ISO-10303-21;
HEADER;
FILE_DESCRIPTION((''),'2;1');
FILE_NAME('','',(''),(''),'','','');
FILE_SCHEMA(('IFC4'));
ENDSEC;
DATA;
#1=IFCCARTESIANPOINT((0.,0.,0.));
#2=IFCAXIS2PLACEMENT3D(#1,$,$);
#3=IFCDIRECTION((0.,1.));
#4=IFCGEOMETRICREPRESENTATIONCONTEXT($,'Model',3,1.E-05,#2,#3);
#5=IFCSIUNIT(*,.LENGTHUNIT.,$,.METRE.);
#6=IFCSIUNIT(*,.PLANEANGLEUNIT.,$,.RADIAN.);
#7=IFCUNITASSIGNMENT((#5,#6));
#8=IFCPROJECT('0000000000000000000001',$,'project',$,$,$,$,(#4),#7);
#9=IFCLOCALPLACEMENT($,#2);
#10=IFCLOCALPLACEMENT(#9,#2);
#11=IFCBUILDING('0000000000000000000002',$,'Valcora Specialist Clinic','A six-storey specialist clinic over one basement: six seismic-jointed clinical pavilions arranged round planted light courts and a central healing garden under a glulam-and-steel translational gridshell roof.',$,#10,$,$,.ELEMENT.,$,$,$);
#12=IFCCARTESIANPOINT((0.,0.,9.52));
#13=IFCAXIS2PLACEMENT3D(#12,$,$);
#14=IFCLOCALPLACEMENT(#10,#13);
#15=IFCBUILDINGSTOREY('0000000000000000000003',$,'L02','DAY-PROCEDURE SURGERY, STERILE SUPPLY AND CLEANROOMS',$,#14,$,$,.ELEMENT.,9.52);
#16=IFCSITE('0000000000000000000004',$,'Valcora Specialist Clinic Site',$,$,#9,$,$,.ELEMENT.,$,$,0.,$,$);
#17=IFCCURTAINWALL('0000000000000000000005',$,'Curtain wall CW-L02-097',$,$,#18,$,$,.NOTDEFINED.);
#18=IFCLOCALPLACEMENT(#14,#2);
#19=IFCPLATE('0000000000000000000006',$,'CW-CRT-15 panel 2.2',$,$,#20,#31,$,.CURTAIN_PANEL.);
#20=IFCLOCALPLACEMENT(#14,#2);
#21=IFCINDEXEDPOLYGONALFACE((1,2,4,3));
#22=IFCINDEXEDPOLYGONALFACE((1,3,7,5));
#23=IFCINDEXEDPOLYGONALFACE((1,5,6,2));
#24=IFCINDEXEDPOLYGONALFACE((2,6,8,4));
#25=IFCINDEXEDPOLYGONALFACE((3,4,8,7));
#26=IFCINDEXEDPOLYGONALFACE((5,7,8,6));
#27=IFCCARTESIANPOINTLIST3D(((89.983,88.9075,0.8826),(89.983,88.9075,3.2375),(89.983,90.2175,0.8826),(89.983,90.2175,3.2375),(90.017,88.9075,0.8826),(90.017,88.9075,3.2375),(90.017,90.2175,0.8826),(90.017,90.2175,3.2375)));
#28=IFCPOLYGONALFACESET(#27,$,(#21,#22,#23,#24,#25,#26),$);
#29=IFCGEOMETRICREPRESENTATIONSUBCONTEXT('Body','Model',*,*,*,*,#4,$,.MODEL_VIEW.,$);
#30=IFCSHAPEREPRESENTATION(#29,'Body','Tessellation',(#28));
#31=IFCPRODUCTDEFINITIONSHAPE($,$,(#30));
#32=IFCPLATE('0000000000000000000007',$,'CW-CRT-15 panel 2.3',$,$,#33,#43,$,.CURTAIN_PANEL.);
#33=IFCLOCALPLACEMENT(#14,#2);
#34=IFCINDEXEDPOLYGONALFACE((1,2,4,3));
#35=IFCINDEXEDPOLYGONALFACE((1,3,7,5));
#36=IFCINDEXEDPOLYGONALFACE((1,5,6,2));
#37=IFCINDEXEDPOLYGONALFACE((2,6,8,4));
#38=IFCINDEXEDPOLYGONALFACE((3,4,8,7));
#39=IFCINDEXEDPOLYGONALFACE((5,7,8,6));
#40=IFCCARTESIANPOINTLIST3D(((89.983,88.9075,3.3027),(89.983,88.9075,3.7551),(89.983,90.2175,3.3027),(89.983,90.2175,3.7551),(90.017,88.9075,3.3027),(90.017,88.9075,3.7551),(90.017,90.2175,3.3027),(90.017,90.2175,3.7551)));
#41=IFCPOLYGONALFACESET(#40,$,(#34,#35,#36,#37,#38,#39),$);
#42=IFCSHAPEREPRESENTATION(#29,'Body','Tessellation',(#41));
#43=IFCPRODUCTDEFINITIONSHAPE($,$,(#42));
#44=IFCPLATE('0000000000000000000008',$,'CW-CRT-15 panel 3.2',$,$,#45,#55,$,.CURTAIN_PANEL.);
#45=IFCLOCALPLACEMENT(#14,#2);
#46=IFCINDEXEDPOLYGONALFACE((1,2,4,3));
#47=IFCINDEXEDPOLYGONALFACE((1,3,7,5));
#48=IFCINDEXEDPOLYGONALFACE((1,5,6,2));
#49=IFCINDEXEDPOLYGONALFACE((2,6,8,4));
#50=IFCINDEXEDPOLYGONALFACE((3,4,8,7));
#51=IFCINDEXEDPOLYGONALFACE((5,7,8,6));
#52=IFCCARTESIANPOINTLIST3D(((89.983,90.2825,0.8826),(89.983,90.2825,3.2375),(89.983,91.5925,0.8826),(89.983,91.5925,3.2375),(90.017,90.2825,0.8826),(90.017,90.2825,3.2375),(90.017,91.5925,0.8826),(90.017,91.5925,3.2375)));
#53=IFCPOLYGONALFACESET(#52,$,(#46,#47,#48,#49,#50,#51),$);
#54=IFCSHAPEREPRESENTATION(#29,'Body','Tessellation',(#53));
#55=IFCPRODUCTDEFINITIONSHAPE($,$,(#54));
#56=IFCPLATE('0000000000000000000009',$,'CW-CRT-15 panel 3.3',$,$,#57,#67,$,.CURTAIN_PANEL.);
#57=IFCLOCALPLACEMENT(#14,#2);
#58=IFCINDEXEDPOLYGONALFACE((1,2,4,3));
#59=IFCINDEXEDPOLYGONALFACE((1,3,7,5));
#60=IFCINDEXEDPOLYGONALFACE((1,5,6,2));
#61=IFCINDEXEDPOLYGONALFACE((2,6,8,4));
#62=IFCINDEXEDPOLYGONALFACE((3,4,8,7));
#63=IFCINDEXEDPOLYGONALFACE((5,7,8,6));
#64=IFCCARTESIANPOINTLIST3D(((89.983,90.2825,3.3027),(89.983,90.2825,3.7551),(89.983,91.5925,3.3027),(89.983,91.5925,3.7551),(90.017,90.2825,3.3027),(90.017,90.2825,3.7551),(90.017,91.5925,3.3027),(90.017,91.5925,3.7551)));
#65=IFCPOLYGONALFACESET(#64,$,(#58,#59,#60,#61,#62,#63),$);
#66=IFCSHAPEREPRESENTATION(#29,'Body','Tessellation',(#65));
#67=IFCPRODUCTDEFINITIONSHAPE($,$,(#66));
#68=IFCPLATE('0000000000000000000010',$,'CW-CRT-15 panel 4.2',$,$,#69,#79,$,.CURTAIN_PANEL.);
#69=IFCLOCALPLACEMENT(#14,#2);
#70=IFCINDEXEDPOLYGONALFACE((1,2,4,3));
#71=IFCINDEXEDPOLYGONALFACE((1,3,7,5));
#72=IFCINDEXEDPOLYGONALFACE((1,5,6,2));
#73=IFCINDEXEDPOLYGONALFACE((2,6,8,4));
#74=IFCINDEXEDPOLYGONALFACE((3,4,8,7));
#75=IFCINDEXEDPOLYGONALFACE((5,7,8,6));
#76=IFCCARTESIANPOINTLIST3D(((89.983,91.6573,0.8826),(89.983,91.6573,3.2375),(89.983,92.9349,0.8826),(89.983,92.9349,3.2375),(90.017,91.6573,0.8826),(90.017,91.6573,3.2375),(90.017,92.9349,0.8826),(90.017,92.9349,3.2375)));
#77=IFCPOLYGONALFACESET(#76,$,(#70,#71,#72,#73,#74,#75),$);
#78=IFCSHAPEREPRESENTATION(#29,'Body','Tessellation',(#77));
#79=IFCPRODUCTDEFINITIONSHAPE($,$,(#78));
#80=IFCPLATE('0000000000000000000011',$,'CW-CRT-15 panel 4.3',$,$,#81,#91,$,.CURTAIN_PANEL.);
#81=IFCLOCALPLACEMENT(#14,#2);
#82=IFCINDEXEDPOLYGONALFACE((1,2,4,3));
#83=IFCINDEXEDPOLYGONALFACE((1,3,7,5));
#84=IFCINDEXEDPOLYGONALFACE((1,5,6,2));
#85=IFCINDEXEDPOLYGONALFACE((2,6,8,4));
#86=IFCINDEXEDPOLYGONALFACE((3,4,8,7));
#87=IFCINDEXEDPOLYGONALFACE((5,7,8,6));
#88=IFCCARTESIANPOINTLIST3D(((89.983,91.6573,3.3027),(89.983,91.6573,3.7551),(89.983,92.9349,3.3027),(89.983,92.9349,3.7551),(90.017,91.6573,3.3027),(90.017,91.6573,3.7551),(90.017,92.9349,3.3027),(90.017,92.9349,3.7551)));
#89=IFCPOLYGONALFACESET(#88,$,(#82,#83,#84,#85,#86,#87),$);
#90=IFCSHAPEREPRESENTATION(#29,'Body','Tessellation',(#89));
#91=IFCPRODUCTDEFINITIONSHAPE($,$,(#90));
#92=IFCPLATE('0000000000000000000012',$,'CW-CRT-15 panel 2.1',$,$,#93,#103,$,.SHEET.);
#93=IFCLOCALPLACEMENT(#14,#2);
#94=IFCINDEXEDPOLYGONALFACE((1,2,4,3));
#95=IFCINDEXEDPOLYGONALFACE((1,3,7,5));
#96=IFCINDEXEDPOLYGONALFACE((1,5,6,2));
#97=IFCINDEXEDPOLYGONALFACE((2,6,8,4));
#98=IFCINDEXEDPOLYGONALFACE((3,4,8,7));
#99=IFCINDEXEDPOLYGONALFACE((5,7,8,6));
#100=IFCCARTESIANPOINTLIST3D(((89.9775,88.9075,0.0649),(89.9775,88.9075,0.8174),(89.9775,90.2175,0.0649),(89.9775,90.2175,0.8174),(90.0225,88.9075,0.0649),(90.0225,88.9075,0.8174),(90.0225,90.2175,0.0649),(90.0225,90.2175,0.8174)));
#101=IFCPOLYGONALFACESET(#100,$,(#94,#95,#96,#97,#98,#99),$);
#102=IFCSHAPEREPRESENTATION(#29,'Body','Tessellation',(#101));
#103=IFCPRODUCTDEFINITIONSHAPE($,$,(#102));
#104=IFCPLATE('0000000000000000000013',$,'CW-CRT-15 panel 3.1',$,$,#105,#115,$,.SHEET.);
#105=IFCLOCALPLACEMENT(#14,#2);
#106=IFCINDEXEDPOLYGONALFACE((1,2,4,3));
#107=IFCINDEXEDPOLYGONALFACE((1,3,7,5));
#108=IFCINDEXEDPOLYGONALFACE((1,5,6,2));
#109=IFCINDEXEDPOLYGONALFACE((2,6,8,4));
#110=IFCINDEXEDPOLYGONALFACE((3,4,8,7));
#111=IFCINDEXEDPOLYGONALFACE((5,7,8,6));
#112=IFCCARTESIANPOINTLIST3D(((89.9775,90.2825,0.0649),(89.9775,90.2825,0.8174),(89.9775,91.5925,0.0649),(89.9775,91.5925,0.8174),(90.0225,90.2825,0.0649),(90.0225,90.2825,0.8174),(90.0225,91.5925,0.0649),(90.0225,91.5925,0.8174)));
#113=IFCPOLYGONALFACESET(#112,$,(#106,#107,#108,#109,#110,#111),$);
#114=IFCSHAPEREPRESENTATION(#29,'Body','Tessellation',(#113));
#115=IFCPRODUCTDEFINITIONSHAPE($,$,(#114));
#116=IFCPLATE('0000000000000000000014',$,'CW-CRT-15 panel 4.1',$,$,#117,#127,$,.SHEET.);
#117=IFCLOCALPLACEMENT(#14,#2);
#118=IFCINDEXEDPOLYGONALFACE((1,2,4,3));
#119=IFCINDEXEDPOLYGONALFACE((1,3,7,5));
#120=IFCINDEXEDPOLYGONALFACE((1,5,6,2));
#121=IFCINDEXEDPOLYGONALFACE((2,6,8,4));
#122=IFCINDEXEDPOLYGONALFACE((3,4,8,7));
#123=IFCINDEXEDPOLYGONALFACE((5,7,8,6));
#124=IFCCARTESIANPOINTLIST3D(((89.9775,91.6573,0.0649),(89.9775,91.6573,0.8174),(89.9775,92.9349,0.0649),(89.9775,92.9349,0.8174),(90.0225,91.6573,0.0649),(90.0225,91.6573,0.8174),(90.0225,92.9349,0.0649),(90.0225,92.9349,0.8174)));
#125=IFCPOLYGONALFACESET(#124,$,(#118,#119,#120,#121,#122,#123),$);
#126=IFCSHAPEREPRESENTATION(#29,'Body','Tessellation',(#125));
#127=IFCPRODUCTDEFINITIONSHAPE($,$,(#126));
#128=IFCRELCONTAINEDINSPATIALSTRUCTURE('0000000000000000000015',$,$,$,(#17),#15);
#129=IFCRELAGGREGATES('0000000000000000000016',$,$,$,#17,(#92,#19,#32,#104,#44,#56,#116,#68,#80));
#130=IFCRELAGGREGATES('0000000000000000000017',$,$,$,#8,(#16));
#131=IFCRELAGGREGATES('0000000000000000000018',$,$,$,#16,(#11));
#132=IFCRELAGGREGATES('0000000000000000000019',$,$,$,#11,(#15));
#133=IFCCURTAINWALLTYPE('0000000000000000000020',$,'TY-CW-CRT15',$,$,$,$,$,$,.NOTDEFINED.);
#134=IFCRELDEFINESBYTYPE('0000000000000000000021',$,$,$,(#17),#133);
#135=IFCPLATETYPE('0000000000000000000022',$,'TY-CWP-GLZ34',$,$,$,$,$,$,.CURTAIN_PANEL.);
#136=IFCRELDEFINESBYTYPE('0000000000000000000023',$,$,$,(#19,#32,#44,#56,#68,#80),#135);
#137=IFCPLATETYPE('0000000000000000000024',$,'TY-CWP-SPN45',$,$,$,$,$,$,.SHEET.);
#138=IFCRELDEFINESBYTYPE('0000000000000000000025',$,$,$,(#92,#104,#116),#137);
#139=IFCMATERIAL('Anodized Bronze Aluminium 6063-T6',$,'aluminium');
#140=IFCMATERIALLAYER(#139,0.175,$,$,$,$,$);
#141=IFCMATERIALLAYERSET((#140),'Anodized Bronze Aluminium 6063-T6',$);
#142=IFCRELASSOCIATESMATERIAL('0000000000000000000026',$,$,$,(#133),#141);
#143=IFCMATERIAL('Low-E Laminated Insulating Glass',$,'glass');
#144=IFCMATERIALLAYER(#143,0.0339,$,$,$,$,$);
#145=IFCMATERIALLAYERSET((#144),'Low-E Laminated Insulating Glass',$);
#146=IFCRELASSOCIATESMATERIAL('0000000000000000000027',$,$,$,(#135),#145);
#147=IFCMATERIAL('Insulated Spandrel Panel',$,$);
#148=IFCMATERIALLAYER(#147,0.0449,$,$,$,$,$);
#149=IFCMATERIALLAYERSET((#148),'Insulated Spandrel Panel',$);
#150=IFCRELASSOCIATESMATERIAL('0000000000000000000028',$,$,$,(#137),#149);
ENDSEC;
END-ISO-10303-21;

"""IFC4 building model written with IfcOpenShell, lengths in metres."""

from ifc_helpers import new_model, si_unit, direction, frame, origin, origin_2d, place, context, subcontext, project, spatial, rectangle, extrude, material, layer, layer_set, type_object, element, aggregate, save


model = new_model("IFC4")

# Units and contexts
model_context = context("Model", 3, precision=1e-05, world=origin(), true_north=direction((0.0, 1.0)))
body_context = subcontext(model_context, "Body", "Model", "MODEL_VIEW")
ifc_project = project(units=[si_unit("LENGTHUNIT", "METRE"), si_unit("PLANEANGLEUNIT", "RADIAN")], contexts=[model_context])

# Site, building, storey
site_placement = place(None, origin())
site = spatial("IfcSite", under=ifc_project, at=site_placement, Name="Valcora Specialist Clinic Site", CompositionType="ELEMENT", RefElevation=0.0)
building_placement = place(site_placement, origin())
building = spatial("IfcBuilding", under=site, at=building_placement, Name="Valcora Specialist Clinic", Description="A six-storey specialist clinic over one basement: six seismic-jointed clinical pavilions arranged round planted light courts and a central healing garden under a glulam-and-steel translational gridshell roof.", CompositionType="ELEMENT")
storey_placement = place(building_placement, frame((0.0, 0.0, 9.52)))
storey = spatial("IfcBuildingStorey", under=building, at=storey_placement, Name="L02", Description="DAY-PROCEDURE SURGERY, STERILE SUPPLY AND CLEANROOMS", CompositionType="ELEMENT", Elevation=9.52)

# Curtain wall
ifc_material_1 = material(Name="Anodized Bronze Aluminium 6063-T6", Category="aluminium")
ifc_layer_1 = layer(ifc_material_1, 0.175)
ifc_layer_set_1 = layer_set([ifc_layer_1], Name="Anodized Bronze Aluminium 6063-T6")
curtain_wall_type = type_object("IfcCurtainWallType", Name="TY-CW-CRT15", PredefinedType="NOTDEFINED", material=ifc_layer_set_1)
curtain_wall_1_placement = place(storey_placement, origin())
curtain_wall_1 = element("IfcCurtainWall", 1, at=curtain_wall_1_placement, inside=storey, type_object=curtain_wall_type, Name="Curtain wall CW-L02-097", PredefinedType="NOTDEFINED")

# Plates
ifc_material_2 = material(Name="Low-E Laminated Insulating Glass", Category="glass")
ifc_layer_2 = layer(ifc_material_2, 0.0339)
ifc_layer_set_2 = layer_set([ifc_layer_2], Name="Low-E Laminated Insulating Glass")
plate_type_1 = type_object("IfcPlateType", Name="TY-CWP-GLZ34", PredefinedType="CURTAIN_PANEL", material=ifc_layer_set_2)
plate_1_placement = place(storey_placement, frame((90.0, 89.5625, 0.8826), z_axis=(0.0, 0.0, 1.0), x_axis=(0.0, 1.0, 0.0)))
plate_1 = element("IfcPlate", 2, at=plate_1_placement, type_object=plate_type_1, Name="CW-CRT-15 panel 2.2", PredefinedType="CURTAIN_PANEL", context=body_context, shape_type="SweptSolid", body=[
    extrude(rectangle(XDim=1.3101, YDim=0.0339, at=origin_2d()), origin(), (0.0, 0.0, 1.0), 2.355),
])
plate_2_placement = place(storey_placement, frame((90.0, 89.5625, 3.3027), z_axis=(0.0, 0.0, 1.0), x_axis=(0.0, 1.0, 0.0)))
plate_2 = element("IfcPlate", 3, at=plate_2_placement, type_object=plate_type_1, Name="CW-CRT-15 panel 2.3", PredefinedType="CURTAIN_PANEL", context=body_context, shape_type="SweptSolid", body=[
    extrude(rectangle(XDim=1.3101, YDim=0.0339, at=origin_2d()), origin(), (0.0, 0.0, 1.0), 0.4524),
])
plate_3_placement = place(storey_placement, frame((90.0, 90.9375, 0.8826), z_axis=(0.0, 0.0, 1.0), x_axis=(0.0, 1.0, 0.0)))
plate_3 = element("IfcPlate", 4, at=plate_3_placement, type_object=plate_type_1, Name="CW-CRT-15 panel 3.2", PredefinedType="CURTAIN_PANEL", context=body_context, shape_type="SweptSolid", body=[
    extrude(rectangle(XDim=1.3101, YDim=0.0339, at=origin_2d()), origin(), (0.0, 0.0, 1.0), 2.355),
])
plate_4_placement = place(storey_placement, frame((90.0, 90.9375, 3.3027), z_axis=(0.0, 0.0, 1.0), x_axis=(0.0, 1.0, 0.0)))
plate_4 = element("IfcPlate", 5, at=plate_4_placement, type_object=plate_type_1, Name="CW-CRT-15 panel 3.3", PredefinedType="CURTAIN_PANEL", context=body_context, shape_type="SweptSolid", body=[
    extrude(rectangle(XDim=1.3101, YDim=0.0339, at=origin_2d()), origin(), (0.0, 0.0, 1.0), 0.4524),
])
plate_5_placement = place(storey_placement, frame((90.0, 92.2961, 0.8826), z_axis=(0.0, 0.0, 1.0), x_axis=(0.0, 1.0, 0.0)))
plate_5 = element("IfcPlate", 6, at=plate_5_placement, type_object=plate_type_1, Name="CW-CRT-15 panel 4.2", PredefinedType="CURTAIN_PANEL", context=body_context, shape_type="SweptSolid", body=[
    extrude(rectangle(XDim=1.2776, YDim=0.0339, at=origin_2d()), origin(), (0.0, 0.0, 1.0), 2.355),
])
plate_6_placement = place(storey_placement, frame((90.0, 92.2961, 3.3027), z_axis=(0.0, 0.0, 1.0), x_axis=(0.0, 1.0, 0.0)))
plate_6 = element("IfcPlate", 7, at=plate_6_placement, type_object=plate_type_1, Name="CW-CRT-15 panel 4.3", PredefinedType="CURTAIN_PANEL", context=body_context, shape_type="SweptSolid", body=[
    extrude(rectangle(XDim=1.2776, YDim=0.0339, at=origin_2d()), origin(), (0.0, 0.0, 1.0), 0.4524),
])
ifc_material_3 = material(Name="Insulated Spandrel Panel")
ifc_layer_3 = layer(ifc_material_3, 0.0449)
ifc_layer_set_3 = layer_set([ifc_layer_3], Name="Insulated Spandrel Panel")
plate_type_2 = type_object("IfcPlateType", Name="TY-CWP-SPN45", PredefinedType="SHEET", material=ifc_layer_set_3)
plate_7_placement = place(storey_placement, frame((90.0, 89.5625, 0.0649), z_axis=(0.0, 0.0, 1.0), x_axis=(0.0, 1.0, 0.0)))
plate_7 = element("IfcPlate", 8, at=plate_7_placement, type_object=plate_type_2, Name="CW-CRT-15 panel 2.1", PredefinedType="SHEET", context=body_context, shape_type="SweptSolid", body=[
    extrude(rectangle(XDim=1.3101, YDim=0.0449, at=origin_2d()), origin(), (0.0, 0.0, 1.0), 0.7524),
])
plate_8_placement = place(storey_placement, frame((90.0, 90.9375, 0.0649), z_axis=(0.0, 0.0, 1.0), x_axis=(0.0, 1.0, 0.0)))
plate_8 = element("IfcPlate", 9, at=plate_8_placement, type_object=plate_type_2, Name="CW-CRT-15 panel 3.1", PredefinedType="SHEET", context=body_context, shape_type="SweptSolid", body=[
    extrude(rectangle(XDim=1.3101, YDim=0.0449, at=origin_2d()), origin(), (0.0, 0.0, 1.0), 0.7524),
])
plate_9_placement = place(storey_placement, frame((90.0, 92.2961, 0.0649), z_axis=(0.0, 0.0, 1.0), x_axis=(0.0, 1.0, 0.0)))
plate_9 = element("IfcPlate", 10, at=plate_9_placement, type_object=plate_type_2, Name="CW-CRT-15 panel 4.1", PredefinedType="SHEET", context=body_context, shape_type="SweptSolid", body=[
    extrude(rectangle(XDim=1.2776, YDim=0.0449, at=origin_2d()), origin(), (0.0, 0.0, 1.0), 0.7524),
])
aggregate(curtain_wall_1, [plate_7, plate_1, plate_2, plate_8, plate_3, plate_4, plate_9, plate_5, plate_6])

save(model, "model.ifc")
